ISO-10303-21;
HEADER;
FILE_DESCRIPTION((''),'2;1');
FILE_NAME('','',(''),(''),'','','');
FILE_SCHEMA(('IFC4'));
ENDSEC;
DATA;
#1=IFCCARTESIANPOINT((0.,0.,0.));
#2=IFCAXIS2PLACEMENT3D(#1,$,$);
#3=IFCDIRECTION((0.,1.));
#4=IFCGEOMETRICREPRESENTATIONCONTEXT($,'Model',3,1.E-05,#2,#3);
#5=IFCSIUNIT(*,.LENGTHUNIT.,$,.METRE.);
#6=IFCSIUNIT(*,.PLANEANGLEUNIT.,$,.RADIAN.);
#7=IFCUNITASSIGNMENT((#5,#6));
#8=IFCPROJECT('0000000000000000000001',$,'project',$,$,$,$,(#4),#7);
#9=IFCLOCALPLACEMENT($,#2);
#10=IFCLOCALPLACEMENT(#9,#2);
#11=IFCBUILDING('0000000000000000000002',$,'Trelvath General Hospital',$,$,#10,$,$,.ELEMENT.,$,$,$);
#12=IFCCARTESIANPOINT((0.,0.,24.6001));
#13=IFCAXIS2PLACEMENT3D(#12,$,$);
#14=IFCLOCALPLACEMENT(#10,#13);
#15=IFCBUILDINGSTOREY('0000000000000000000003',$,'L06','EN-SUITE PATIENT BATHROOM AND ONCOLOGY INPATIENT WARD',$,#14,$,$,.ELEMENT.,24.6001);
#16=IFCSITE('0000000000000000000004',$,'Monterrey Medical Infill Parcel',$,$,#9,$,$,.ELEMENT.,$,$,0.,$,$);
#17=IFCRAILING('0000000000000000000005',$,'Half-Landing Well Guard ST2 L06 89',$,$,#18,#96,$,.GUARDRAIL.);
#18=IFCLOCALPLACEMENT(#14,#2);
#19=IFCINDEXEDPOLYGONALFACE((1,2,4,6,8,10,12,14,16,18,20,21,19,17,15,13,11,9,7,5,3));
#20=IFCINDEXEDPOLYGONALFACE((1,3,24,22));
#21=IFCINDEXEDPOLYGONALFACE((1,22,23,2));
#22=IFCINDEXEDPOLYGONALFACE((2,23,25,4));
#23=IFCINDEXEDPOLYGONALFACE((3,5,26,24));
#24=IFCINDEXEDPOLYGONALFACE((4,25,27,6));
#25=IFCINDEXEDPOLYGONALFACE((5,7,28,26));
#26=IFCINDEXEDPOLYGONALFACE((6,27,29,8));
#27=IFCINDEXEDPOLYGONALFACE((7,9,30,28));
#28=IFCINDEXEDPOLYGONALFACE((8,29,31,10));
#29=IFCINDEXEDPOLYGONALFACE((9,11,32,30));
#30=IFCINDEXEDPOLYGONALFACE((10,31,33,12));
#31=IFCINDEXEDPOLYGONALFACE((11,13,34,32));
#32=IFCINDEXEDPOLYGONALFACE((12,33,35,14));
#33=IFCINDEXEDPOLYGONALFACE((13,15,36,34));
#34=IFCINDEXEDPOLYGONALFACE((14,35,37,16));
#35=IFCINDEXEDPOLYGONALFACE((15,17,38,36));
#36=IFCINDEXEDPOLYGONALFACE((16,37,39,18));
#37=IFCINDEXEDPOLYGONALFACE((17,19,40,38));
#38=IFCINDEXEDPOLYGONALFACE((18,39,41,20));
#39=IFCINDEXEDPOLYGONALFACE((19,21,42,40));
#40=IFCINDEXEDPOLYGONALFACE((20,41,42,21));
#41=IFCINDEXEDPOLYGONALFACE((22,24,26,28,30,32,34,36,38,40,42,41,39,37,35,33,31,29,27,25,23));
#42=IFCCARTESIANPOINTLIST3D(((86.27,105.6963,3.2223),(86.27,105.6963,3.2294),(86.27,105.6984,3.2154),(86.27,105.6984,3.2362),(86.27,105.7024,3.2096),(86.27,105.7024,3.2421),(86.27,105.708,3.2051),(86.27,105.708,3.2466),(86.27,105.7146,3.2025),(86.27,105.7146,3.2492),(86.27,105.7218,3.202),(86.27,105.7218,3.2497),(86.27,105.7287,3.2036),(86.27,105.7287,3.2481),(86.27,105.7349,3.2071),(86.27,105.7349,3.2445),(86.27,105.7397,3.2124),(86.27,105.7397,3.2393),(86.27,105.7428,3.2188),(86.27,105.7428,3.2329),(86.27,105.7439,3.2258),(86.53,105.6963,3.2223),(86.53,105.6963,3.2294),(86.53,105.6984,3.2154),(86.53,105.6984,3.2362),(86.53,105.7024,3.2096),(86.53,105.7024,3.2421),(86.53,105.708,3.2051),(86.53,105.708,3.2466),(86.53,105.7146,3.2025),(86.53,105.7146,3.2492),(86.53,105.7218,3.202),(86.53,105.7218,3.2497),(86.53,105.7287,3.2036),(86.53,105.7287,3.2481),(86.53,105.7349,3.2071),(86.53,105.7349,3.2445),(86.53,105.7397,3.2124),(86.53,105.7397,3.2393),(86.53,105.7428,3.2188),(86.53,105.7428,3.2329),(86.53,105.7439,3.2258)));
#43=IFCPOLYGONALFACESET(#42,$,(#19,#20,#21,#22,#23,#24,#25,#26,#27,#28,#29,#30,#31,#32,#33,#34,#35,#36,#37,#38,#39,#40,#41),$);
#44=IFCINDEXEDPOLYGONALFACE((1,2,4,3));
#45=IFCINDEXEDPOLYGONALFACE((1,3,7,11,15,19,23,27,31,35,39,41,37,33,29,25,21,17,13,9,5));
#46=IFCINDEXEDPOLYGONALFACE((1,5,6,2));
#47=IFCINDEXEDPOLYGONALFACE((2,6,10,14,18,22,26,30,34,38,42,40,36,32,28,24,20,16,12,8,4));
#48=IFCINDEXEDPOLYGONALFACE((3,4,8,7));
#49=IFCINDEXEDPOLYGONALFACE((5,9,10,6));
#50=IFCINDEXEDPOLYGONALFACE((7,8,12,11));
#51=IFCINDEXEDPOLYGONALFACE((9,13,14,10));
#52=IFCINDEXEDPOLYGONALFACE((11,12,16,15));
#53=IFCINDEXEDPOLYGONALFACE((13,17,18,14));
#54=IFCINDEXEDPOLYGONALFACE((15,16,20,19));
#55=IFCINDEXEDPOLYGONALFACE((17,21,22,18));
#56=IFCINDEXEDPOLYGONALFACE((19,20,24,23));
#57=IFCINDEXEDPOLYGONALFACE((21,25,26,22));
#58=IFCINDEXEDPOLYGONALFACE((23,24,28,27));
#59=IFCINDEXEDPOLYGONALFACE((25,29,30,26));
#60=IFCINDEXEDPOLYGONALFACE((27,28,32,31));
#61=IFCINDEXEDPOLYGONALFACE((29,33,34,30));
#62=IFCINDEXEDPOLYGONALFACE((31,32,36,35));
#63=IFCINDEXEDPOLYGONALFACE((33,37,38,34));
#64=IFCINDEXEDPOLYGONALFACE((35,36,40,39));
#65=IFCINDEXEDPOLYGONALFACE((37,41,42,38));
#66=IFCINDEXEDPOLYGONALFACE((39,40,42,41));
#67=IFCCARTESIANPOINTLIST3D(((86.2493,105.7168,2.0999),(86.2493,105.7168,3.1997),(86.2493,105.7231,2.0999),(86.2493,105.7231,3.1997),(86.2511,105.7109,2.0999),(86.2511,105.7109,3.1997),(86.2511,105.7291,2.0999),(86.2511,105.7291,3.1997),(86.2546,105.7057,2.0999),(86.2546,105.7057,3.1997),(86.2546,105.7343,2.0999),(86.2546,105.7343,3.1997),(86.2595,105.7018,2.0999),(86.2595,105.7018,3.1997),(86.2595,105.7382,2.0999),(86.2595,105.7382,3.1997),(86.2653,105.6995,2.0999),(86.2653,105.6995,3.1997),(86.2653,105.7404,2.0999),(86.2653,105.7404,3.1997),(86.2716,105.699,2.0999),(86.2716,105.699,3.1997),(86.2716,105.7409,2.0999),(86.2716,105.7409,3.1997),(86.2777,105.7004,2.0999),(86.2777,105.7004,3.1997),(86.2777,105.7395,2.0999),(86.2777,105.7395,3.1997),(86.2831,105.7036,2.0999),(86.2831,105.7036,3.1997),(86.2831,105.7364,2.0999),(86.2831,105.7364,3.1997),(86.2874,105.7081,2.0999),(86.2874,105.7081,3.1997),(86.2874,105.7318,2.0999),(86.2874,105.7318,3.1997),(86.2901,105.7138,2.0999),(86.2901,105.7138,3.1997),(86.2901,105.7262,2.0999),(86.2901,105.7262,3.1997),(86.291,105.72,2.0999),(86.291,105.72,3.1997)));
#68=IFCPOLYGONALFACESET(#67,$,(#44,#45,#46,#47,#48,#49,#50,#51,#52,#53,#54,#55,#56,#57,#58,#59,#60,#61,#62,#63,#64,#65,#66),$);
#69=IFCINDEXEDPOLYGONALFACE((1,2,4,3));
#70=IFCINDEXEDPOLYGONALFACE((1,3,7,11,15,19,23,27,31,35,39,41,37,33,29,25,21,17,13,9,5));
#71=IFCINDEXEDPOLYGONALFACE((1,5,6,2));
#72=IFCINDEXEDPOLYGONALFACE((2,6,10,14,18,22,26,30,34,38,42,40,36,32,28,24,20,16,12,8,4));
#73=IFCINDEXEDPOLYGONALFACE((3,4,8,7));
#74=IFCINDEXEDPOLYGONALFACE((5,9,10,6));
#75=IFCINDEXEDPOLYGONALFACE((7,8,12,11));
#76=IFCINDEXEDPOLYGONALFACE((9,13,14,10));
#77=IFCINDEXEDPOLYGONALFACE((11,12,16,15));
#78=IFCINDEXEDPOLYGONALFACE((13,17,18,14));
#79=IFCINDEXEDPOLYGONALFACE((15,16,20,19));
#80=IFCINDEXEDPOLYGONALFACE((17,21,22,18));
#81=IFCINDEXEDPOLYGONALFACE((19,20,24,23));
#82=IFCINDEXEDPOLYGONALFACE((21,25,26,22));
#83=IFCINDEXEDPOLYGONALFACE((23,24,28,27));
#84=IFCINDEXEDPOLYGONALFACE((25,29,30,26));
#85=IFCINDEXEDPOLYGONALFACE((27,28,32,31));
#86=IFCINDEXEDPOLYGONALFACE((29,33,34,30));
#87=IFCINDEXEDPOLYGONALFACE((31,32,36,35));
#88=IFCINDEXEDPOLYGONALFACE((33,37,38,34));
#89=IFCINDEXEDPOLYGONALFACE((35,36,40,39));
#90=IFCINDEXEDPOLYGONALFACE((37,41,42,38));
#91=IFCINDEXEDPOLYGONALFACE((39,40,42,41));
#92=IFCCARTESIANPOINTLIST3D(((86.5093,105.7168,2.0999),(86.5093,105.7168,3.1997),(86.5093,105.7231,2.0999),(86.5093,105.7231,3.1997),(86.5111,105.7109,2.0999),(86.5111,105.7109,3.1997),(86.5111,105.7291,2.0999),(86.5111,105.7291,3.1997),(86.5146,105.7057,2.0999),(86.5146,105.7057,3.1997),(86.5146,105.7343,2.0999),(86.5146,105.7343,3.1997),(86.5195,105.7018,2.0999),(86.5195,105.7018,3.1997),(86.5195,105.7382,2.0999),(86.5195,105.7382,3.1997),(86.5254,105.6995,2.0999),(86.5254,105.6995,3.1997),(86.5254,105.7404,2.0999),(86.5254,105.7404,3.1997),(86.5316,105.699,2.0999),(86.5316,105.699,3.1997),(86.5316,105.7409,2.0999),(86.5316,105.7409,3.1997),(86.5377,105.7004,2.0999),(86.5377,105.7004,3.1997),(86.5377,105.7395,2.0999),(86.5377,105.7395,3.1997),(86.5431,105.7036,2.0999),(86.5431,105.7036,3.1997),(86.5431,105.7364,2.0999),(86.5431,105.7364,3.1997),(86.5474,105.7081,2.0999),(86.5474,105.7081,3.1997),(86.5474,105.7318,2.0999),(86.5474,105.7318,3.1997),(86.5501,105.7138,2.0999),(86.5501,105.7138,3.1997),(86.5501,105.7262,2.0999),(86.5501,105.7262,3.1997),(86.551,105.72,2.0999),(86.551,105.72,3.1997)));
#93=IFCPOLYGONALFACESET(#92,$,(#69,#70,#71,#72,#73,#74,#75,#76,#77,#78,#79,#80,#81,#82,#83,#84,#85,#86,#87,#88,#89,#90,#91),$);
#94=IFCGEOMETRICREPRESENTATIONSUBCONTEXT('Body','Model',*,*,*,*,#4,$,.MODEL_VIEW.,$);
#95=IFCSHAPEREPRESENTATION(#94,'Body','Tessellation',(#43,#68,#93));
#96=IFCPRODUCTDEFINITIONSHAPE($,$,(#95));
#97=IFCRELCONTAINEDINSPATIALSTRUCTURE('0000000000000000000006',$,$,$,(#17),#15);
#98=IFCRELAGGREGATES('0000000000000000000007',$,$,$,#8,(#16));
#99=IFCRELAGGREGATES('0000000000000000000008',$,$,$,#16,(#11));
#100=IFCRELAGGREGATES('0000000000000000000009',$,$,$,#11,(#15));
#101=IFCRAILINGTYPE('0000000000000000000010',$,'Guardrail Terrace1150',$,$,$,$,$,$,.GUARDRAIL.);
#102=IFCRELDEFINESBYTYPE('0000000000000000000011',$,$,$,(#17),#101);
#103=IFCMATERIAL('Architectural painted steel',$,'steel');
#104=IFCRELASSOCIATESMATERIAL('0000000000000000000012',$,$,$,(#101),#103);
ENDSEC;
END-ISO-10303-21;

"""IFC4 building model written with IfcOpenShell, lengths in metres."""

from ifc_helpers import new_model, si_unit, direction, frame, origin, origin_2d, place, context, subcontext, project, spatial, circle, extrude, material, type_object, element, save


model = new_model("IFC4")

# Units and contexts
model_context = context("Model", 3, precision=1e-05, world=origin(), true_north=direction((0.0, 1.0)))
body_context = subcontext(model_context, "Body", "Model", "MODEL_VIEW")
ifc_project = project(units=[si_unit("LENGTHUNIT", "METRE"), si_unit("PLANEANGLEUNIT", "RADIAN")], contexts=[model_context])

# Site, building, storey
site_placement = place(None, origin())
site = spatial("IfcSite", under=ifc_project, at=site_placement, Name="Monterrey Medical Infill Parcel", CompositionType="ELEMENT", RefElevation=0.0)
building_placement = place(site_placement, origin())
building = spatial("IfcBuilding", under=site, at=building_placement, Name="Trelvath General Hospital", CompositionType="ELEMENT")
storey_placement = place(building_placement, frame((0.0, 0.0, 24.6001)))
storey = spatial("IfcBuildingStorey", under=building, at=storey_placement, Name="L06", Description="EN-SUITE PATIENT BATHROOM AND ONCOLOGY INPATIENT WARD", CompositionType="ELEMENT", Elevation=24.6001)

# Railing
ifc_material_1 = material(Name="Architectural painted steel", Category="steel")
railing_type_1 = type_object("IfcRailingType", Name="Guardrail Terrace1150", PredefinedType="GUARDRAIL", material=ifc_material_1)
railing_1_placement = place(storey_placement, frame((86.27, 105.72, 2.0999)))
element("IfcRailing", 1, at=railing_1_placement, inside=storey, type_object=railing_type_1, Name="Half-Landing Well Guard ST2 L06 89", PredefinedType="GUARDRAIL", context=body_context, shape_type="SweptSolid", body=[
    extrude(circle(Radius=0.0239, at=origin_2d()), frame((0.0, 0.0, 1.126), z_axis=(1.0, 0.0, 0.0), x_axis=(0.0, 1.0, 0.0)), (0.0, 0.0, 1.0), 0.26),
    extrude(circle(Radius=0.021, at=origin_2d()), origin(), (0.0, 0.0, 1.0), 1.0999),
    extrude(circle(Radius=0.021, at=origin_2d()), frame((0.26, 0.0, 0.0)), (0.0, 0.0, 1.0), 1.0999),
])

save(model, "model.ifc")
